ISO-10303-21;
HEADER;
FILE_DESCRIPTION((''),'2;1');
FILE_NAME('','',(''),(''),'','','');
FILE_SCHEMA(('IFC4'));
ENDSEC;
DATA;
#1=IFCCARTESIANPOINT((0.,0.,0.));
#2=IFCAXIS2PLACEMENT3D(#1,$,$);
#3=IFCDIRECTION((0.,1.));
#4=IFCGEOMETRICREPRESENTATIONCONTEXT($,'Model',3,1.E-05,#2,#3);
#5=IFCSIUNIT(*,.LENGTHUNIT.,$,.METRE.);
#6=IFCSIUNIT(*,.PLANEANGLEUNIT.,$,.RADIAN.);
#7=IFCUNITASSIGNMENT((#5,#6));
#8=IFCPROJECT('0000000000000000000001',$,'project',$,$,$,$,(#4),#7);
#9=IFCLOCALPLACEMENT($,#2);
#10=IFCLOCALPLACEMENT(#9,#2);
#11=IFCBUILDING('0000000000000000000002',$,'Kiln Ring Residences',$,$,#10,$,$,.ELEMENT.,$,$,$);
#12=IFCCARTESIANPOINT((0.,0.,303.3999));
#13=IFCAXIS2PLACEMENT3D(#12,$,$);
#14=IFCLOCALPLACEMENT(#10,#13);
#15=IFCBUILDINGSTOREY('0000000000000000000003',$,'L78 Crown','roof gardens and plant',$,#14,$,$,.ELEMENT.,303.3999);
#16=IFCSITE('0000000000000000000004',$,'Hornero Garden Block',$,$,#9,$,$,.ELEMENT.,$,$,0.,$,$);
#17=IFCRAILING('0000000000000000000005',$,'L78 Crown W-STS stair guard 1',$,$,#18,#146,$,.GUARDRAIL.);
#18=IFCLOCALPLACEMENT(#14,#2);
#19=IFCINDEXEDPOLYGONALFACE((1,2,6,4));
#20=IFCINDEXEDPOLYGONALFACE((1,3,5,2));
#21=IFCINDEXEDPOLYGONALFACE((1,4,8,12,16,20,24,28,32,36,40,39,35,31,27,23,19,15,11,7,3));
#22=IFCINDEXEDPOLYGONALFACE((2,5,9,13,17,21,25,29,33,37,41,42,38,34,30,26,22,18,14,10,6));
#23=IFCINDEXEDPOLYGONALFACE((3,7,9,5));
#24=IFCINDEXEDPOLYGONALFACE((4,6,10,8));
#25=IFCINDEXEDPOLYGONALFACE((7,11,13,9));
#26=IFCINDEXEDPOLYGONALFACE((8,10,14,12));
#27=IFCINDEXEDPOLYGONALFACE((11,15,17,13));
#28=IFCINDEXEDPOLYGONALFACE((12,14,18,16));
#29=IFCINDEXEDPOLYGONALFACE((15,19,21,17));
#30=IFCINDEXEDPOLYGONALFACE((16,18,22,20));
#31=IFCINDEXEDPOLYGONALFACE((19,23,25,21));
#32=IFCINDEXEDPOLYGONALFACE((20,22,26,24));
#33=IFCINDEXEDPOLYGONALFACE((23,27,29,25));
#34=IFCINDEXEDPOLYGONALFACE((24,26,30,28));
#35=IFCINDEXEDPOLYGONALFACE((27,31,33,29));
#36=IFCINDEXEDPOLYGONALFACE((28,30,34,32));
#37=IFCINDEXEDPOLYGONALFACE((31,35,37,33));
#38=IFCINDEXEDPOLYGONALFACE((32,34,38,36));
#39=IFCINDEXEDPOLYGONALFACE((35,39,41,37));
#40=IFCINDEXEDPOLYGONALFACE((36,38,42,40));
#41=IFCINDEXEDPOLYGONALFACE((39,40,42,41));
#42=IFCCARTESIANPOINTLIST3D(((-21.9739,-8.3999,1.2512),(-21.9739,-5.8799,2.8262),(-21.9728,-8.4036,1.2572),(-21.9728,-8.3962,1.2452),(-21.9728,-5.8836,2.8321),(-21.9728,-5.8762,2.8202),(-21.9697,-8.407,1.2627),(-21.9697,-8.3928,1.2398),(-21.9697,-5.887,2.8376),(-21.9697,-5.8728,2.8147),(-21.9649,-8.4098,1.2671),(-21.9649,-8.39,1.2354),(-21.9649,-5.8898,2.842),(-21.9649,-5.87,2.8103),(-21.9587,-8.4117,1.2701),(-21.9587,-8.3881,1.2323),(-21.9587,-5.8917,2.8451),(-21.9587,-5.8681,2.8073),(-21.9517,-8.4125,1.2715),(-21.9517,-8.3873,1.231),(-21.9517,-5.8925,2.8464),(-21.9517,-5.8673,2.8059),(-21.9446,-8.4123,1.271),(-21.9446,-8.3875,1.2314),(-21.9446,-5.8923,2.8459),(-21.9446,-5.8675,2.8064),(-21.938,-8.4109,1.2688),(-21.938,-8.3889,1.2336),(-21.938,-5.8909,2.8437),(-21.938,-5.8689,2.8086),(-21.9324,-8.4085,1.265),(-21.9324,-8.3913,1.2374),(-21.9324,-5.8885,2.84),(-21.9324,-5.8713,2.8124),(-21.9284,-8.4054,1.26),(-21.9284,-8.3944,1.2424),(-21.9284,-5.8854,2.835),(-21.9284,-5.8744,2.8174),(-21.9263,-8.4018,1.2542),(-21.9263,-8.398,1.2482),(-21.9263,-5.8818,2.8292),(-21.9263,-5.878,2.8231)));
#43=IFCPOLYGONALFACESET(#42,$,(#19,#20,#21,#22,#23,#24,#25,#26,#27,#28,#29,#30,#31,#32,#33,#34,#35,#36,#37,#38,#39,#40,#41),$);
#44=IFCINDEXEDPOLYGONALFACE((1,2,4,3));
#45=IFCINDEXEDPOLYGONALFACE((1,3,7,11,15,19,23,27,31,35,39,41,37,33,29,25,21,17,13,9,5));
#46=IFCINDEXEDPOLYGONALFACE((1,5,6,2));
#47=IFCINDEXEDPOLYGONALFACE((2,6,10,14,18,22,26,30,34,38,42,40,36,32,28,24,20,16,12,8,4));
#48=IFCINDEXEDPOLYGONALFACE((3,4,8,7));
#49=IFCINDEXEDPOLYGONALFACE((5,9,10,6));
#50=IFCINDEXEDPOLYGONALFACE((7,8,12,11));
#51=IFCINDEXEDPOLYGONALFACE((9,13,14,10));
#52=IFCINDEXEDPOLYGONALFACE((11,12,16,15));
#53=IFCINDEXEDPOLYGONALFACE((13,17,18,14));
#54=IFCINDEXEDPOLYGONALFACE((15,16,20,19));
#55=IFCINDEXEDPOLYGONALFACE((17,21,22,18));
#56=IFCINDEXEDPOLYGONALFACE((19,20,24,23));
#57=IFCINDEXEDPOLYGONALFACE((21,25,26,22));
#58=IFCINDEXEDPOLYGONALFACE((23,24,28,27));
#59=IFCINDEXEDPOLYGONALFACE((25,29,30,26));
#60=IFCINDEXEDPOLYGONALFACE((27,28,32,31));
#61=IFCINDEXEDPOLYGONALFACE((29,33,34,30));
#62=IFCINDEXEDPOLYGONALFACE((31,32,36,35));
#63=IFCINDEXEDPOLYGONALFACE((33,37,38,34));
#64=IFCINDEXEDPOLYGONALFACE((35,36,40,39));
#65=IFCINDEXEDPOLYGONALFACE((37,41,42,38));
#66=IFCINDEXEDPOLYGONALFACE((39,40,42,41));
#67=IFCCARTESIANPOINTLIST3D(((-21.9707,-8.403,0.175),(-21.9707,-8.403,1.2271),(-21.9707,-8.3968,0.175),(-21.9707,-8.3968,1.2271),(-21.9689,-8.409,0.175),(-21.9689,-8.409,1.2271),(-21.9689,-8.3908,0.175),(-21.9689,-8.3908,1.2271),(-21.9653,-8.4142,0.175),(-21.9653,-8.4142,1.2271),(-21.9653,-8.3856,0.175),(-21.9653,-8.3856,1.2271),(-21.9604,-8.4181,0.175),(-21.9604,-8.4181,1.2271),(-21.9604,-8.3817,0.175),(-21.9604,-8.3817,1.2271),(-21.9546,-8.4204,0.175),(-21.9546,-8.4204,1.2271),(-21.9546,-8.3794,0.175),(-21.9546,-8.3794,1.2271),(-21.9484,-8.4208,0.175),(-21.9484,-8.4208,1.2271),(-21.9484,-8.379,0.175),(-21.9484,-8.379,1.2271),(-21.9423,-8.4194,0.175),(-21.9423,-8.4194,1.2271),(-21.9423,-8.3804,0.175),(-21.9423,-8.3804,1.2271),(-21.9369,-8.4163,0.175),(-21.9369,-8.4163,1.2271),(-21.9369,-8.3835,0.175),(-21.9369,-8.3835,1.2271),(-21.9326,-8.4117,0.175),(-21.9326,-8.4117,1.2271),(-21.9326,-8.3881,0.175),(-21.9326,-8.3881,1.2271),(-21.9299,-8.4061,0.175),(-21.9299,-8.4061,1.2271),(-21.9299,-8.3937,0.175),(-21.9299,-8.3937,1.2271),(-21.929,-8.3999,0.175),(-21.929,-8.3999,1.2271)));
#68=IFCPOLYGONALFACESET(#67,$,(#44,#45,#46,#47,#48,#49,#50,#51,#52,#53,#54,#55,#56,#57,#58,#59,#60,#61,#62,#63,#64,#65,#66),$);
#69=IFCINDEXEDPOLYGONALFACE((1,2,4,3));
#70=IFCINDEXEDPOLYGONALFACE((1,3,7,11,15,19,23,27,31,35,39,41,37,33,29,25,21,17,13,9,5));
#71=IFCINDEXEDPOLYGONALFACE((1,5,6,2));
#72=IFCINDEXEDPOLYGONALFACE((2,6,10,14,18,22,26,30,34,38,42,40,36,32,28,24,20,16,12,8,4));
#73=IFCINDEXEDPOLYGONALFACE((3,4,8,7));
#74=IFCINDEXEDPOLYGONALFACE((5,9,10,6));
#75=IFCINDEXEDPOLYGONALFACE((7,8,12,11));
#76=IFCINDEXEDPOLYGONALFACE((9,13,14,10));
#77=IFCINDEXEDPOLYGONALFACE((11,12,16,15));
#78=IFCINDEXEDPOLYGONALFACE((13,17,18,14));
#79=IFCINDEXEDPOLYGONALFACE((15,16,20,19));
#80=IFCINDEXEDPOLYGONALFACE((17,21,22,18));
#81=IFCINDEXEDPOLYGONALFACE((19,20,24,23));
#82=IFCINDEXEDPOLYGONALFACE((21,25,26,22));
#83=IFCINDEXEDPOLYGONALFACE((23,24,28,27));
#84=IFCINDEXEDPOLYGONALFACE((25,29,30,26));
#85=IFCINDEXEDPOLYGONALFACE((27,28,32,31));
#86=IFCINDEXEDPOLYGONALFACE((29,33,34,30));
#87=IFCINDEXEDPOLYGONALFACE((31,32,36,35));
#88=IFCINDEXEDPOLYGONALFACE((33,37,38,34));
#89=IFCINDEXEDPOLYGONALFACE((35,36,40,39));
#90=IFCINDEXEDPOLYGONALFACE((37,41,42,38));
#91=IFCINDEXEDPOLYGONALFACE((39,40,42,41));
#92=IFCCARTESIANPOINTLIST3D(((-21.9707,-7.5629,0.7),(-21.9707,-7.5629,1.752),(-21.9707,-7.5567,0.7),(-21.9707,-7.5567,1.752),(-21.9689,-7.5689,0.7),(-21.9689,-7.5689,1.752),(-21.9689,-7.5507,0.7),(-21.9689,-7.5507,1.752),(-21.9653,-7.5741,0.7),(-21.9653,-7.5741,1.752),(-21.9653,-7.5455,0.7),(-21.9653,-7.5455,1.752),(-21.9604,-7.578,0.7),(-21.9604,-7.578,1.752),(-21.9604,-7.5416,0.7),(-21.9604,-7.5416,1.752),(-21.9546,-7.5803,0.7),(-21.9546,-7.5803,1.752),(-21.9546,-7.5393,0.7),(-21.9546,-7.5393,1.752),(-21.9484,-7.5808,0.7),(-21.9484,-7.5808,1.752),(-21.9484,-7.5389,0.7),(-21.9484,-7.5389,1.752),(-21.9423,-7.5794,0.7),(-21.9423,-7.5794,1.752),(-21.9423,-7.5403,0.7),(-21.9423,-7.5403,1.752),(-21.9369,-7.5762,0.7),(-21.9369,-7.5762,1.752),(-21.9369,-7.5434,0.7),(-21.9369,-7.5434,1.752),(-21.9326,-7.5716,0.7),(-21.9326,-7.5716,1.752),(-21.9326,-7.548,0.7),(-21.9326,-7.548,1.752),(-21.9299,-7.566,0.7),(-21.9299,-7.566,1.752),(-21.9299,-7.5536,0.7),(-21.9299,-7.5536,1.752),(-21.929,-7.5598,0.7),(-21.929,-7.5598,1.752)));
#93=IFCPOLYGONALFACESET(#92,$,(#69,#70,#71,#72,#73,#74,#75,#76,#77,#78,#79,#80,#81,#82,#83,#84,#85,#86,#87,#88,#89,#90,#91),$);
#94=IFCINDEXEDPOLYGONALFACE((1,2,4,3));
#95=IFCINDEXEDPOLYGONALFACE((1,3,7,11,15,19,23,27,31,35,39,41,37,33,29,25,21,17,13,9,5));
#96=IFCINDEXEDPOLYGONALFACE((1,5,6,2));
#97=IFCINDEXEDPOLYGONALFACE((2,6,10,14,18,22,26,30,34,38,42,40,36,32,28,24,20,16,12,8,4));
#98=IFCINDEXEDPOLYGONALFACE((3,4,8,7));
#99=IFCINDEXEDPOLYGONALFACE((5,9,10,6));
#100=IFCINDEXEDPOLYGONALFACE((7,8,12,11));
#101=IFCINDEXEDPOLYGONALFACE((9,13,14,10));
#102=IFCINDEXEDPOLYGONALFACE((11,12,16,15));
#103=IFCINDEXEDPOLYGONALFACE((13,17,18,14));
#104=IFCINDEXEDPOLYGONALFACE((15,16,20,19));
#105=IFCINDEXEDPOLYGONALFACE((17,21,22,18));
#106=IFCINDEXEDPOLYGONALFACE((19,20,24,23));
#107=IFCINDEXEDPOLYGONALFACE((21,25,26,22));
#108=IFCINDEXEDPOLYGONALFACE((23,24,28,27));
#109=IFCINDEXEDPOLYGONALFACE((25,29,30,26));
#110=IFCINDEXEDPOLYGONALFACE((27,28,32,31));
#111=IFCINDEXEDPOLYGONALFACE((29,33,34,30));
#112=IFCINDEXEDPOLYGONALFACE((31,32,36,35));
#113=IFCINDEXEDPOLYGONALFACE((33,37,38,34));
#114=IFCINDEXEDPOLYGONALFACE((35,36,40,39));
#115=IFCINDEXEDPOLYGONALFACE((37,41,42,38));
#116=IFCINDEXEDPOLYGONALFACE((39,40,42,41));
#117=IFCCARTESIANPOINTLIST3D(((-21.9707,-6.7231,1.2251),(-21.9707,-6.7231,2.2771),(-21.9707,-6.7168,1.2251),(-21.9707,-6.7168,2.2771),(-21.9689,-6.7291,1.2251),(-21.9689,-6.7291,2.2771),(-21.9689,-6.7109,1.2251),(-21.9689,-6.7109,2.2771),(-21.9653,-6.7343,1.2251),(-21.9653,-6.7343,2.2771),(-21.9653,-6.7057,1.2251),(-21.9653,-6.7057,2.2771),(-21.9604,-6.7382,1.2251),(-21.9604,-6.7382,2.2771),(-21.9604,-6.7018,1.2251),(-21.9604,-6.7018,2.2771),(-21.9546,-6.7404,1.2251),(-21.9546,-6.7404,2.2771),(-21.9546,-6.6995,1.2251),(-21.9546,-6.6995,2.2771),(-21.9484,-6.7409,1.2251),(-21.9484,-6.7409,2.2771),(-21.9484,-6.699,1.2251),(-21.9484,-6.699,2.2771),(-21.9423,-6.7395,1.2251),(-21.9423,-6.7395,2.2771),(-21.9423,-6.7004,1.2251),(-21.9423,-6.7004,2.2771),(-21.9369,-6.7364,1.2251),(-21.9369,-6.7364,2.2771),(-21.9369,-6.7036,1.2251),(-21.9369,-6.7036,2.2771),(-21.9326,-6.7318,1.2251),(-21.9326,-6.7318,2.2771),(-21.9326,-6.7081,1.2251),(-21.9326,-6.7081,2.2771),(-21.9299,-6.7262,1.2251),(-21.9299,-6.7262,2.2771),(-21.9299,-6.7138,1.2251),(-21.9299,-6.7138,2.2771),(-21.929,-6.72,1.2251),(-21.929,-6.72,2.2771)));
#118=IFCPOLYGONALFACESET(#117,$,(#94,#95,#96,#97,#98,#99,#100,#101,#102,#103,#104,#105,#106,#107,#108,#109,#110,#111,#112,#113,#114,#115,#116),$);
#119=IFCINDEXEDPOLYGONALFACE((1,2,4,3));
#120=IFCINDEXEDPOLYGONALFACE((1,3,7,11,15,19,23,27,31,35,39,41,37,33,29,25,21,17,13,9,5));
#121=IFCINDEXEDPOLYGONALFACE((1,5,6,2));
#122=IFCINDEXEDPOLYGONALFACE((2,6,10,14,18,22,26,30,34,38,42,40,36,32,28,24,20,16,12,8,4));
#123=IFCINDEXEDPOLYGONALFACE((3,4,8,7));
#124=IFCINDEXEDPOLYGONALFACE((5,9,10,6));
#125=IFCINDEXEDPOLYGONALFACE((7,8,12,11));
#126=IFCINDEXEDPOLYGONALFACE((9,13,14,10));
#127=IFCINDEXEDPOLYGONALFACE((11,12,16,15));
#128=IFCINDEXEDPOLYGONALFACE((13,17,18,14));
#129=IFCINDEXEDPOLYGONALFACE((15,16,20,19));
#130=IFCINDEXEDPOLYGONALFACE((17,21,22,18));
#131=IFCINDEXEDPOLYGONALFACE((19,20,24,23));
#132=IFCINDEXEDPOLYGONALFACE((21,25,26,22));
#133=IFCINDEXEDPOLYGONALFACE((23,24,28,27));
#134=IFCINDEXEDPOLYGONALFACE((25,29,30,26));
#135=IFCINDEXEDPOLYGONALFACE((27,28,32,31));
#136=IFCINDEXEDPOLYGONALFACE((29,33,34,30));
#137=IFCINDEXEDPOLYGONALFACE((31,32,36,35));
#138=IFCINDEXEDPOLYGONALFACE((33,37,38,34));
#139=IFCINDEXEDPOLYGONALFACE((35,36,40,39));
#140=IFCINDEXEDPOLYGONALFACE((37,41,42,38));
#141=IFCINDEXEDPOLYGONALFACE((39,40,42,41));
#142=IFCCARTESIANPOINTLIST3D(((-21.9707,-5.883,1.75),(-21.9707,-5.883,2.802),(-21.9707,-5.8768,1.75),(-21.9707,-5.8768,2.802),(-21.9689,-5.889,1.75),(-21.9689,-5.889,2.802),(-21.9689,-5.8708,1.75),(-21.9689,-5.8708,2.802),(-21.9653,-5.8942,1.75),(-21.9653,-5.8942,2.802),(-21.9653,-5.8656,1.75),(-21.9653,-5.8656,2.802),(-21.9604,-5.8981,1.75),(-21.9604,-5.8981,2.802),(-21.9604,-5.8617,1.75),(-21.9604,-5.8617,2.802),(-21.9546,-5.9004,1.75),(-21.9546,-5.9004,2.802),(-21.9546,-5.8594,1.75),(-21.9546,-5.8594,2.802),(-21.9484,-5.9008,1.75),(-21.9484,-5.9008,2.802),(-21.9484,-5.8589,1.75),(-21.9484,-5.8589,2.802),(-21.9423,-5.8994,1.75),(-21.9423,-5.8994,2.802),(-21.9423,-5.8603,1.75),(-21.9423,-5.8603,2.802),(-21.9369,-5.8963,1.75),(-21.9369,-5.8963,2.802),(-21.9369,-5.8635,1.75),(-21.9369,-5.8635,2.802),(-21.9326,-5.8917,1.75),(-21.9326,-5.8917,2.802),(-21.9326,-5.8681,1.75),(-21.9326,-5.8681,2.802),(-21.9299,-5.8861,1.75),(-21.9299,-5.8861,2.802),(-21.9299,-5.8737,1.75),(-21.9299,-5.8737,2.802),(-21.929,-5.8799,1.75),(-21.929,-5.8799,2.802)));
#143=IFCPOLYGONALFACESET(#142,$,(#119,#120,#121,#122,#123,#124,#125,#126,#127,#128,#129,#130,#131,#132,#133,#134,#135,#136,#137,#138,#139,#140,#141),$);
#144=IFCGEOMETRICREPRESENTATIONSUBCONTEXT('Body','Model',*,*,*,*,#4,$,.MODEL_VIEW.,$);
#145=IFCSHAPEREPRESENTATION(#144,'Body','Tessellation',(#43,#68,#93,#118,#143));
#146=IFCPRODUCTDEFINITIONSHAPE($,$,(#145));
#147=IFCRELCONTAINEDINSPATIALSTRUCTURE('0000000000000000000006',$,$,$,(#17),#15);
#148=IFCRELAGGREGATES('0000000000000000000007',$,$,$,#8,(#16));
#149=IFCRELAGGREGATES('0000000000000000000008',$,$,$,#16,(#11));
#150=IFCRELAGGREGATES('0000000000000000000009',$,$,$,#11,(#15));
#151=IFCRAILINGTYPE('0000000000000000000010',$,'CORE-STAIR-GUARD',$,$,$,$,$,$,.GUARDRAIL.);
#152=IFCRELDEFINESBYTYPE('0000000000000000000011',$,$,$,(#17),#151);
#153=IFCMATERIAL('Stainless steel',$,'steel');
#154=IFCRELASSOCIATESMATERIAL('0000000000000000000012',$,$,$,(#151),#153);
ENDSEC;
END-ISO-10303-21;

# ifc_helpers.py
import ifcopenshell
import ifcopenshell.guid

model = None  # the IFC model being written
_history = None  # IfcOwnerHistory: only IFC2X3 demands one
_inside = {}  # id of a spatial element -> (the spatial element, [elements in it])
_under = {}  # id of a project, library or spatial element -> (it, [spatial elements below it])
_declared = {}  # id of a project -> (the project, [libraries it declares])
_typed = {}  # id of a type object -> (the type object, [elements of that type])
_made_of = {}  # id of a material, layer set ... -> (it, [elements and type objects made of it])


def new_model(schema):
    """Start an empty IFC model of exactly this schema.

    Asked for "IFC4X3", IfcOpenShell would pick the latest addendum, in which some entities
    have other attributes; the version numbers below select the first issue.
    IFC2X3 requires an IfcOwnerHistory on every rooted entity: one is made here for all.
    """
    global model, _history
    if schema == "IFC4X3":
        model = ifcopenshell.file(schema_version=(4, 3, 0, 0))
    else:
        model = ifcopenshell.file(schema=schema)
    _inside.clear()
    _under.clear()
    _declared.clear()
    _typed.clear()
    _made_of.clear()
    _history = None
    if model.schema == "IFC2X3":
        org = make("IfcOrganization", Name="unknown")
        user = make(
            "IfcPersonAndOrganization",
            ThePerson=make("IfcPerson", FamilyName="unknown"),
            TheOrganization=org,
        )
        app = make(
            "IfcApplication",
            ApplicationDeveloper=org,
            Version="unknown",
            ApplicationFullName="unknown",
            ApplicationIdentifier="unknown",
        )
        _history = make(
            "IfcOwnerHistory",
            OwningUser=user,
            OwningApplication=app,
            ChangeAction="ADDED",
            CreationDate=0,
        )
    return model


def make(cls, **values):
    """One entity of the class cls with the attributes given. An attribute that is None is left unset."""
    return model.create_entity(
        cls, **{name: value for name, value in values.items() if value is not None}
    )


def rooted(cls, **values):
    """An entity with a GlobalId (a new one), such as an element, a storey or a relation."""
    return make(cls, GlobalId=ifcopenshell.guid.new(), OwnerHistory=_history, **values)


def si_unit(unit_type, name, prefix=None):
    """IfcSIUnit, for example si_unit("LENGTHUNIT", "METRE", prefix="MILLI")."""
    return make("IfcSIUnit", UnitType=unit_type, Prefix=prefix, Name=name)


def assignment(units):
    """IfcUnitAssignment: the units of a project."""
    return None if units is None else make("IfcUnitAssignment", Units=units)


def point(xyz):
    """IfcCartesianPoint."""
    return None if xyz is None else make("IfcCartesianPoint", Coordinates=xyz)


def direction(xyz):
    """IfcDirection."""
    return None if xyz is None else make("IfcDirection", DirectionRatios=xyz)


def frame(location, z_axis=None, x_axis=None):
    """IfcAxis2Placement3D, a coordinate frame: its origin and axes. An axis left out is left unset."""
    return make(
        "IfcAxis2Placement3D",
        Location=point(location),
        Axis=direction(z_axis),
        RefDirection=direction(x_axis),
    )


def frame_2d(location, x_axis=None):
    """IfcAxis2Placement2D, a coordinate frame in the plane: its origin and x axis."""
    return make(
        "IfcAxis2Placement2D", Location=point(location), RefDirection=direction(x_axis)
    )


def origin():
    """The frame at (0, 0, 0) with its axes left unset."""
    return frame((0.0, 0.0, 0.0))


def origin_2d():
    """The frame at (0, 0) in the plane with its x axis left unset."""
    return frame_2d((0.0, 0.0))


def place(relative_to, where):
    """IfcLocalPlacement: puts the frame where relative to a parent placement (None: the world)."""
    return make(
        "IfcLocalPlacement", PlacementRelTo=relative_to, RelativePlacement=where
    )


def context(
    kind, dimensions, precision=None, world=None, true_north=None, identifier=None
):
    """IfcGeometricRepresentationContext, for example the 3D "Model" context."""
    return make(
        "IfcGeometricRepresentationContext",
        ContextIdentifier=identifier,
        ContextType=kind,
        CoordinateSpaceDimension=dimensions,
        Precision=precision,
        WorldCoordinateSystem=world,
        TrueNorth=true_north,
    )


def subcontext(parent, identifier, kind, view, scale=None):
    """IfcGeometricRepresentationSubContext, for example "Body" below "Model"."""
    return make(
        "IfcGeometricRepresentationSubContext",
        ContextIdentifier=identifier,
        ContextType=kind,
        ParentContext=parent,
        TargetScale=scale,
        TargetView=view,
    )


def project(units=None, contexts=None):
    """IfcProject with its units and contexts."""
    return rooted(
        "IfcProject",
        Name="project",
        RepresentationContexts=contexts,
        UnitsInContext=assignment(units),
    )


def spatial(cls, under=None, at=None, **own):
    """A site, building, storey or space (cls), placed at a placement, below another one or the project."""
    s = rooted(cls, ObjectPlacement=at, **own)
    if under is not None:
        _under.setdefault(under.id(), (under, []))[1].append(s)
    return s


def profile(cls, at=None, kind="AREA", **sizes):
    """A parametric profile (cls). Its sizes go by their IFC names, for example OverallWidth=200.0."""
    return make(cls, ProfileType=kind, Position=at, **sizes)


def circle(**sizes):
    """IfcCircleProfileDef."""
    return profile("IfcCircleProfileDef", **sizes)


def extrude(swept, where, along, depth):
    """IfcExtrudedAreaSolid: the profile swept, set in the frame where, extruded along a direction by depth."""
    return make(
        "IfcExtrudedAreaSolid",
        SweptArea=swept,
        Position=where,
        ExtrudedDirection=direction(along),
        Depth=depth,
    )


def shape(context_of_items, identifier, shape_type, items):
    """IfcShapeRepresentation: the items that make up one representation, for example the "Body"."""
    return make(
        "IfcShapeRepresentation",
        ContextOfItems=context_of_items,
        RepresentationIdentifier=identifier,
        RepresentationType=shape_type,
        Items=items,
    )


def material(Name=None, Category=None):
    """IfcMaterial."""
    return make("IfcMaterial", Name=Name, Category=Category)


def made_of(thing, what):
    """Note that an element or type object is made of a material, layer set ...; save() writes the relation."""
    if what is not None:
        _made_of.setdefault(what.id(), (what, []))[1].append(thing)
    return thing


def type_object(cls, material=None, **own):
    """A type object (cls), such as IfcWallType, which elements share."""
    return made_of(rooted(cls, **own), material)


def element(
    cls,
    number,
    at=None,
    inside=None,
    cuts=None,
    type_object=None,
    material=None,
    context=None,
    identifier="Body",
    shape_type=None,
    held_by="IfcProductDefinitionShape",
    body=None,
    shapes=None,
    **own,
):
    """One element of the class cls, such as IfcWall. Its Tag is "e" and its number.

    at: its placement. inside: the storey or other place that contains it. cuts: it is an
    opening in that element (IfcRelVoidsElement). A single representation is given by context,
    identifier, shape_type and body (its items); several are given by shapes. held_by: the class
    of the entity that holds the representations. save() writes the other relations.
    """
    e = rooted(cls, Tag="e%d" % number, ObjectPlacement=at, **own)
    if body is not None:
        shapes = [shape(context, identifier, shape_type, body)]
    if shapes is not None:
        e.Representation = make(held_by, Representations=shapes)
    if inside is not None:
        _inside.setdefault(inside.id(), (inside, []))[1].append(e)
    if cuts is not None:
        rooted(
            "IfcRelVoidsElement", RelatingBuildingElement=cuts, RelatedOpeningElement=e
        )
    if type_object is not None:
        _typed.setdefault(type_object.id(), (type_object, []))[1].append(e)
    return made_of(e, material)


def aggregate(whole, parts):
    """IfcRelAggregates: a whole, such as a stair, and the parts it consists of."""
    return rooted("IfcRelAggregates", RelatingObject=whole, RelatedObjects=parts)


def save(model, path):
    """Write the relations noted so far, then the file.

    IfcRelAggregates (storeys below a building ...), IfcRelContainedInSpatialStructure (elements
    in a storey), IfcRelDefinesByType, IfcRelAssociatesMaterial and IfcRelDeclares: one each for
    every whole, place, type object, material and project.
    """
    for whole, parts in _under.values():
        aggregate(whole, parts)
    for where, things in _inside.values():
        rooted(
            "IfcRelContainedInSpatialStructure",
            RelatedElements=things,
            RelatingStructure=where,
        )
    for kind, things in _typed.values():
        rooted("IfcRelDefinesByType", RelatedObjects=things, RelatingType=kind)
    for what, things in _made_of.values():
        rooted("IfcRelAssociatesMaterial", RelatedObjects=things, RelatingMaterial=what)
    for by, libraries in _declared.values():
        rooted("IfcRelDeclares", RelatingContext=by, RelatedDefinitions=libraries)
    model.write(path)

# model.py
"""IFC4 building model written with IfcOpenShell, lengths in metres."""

from ifc_helpers import new_model, si_unit, direction, frame, origin, origin_2d, place, context, subcontext, project, spatial, circle, extrude, material, type_object, element, save


model = new_model("IFC4")

# Units and contexts
model_context = context("Model", 3, precision=1e-05, world=origin(), true_north=direction((0.0, 1.0)))
body_context = subcontext(model_context, "Body", "Model", "MODEL_VIEW")
ifc_project = project(units=[si_unit("LENGTHUNIT", "METRE"), si_unit("PLANEANGLEUNIT", "RADIAN")], contexts=[model_context])

# Site, building, storey
site_placement = place(None, origin())
site = spatial("IfcSite", under=ifc_project, at=site_placement, Name="Hornero Garden Block", CompositionType="ELEMENT", RefElevation=0.0)
building_placement = place(site_placement, origin())
building = spatial("IfcBuilding", under=site, at=building_placement, Name="Kiln Ring Residences", CompositionType="ELEMENT")
storey_placement = place(building_placement, frame((0.0, 0.0, 303.3999)))
storey = spatial("IfcBuildingStorey", under=building, at=storey_placement, Name="L78 Crown", Description="roof gardens and plant", CompositionType="ELEMENT", Elevation=303.3999)

# Railing
ifc_material_1 = material(Name="Stainless steel", Category="steel")
railing_type_1 = type_object("IfcRailingType", Name="CORE-STAIR-GUARD", PredefinedType="GUARDRAIL", material=ifc_material_1)
railing_1_placement = place(storey_placement, frame((-21.95, -8.3999, 0.175)))
element("IfcRailing", 1, at=railing_1_placement, inside=storey, type_object=railing_type_1, Name="L78 Crown W-STS stair guard 1", PredefinedType="GUARDRAIL", context=body_context, shape_type="SweptSolid", body=[
    extrude(circle(Radius=0.0239, at=origin_2d()), frame((0.0, 0.0, 1.0762), z_axis=(0.0, 0.848008, 0.529984), x_axis=(-1.0, 0.0, 0.0)), (0.0, 0.0, 1.0), 2.9717),
    extrude(circle(Radius=0.021, at=origin_2d()), origin(), (0.0, 0.0, 1.0), 1.052),
    extrude(circle(Radius=0.021, at=origin_2d()), frame((0.0, 0.8401, 0.5249)), (0.0, 0.0, 1.0), 1.052),
    extrude(circle(Radius=0.021, at=origin_2d()), frame((0.0, 1.6799, 1.05)), (0.0, 0.0, 1.0), 1.052),
    extrude(circle(Radius=0.021, at=origin_2d()), frame((0.0, 2.52, 1.575)), (0.0, 0.0, 1.0), 1.052),
])

save(model, "model.ifc")
